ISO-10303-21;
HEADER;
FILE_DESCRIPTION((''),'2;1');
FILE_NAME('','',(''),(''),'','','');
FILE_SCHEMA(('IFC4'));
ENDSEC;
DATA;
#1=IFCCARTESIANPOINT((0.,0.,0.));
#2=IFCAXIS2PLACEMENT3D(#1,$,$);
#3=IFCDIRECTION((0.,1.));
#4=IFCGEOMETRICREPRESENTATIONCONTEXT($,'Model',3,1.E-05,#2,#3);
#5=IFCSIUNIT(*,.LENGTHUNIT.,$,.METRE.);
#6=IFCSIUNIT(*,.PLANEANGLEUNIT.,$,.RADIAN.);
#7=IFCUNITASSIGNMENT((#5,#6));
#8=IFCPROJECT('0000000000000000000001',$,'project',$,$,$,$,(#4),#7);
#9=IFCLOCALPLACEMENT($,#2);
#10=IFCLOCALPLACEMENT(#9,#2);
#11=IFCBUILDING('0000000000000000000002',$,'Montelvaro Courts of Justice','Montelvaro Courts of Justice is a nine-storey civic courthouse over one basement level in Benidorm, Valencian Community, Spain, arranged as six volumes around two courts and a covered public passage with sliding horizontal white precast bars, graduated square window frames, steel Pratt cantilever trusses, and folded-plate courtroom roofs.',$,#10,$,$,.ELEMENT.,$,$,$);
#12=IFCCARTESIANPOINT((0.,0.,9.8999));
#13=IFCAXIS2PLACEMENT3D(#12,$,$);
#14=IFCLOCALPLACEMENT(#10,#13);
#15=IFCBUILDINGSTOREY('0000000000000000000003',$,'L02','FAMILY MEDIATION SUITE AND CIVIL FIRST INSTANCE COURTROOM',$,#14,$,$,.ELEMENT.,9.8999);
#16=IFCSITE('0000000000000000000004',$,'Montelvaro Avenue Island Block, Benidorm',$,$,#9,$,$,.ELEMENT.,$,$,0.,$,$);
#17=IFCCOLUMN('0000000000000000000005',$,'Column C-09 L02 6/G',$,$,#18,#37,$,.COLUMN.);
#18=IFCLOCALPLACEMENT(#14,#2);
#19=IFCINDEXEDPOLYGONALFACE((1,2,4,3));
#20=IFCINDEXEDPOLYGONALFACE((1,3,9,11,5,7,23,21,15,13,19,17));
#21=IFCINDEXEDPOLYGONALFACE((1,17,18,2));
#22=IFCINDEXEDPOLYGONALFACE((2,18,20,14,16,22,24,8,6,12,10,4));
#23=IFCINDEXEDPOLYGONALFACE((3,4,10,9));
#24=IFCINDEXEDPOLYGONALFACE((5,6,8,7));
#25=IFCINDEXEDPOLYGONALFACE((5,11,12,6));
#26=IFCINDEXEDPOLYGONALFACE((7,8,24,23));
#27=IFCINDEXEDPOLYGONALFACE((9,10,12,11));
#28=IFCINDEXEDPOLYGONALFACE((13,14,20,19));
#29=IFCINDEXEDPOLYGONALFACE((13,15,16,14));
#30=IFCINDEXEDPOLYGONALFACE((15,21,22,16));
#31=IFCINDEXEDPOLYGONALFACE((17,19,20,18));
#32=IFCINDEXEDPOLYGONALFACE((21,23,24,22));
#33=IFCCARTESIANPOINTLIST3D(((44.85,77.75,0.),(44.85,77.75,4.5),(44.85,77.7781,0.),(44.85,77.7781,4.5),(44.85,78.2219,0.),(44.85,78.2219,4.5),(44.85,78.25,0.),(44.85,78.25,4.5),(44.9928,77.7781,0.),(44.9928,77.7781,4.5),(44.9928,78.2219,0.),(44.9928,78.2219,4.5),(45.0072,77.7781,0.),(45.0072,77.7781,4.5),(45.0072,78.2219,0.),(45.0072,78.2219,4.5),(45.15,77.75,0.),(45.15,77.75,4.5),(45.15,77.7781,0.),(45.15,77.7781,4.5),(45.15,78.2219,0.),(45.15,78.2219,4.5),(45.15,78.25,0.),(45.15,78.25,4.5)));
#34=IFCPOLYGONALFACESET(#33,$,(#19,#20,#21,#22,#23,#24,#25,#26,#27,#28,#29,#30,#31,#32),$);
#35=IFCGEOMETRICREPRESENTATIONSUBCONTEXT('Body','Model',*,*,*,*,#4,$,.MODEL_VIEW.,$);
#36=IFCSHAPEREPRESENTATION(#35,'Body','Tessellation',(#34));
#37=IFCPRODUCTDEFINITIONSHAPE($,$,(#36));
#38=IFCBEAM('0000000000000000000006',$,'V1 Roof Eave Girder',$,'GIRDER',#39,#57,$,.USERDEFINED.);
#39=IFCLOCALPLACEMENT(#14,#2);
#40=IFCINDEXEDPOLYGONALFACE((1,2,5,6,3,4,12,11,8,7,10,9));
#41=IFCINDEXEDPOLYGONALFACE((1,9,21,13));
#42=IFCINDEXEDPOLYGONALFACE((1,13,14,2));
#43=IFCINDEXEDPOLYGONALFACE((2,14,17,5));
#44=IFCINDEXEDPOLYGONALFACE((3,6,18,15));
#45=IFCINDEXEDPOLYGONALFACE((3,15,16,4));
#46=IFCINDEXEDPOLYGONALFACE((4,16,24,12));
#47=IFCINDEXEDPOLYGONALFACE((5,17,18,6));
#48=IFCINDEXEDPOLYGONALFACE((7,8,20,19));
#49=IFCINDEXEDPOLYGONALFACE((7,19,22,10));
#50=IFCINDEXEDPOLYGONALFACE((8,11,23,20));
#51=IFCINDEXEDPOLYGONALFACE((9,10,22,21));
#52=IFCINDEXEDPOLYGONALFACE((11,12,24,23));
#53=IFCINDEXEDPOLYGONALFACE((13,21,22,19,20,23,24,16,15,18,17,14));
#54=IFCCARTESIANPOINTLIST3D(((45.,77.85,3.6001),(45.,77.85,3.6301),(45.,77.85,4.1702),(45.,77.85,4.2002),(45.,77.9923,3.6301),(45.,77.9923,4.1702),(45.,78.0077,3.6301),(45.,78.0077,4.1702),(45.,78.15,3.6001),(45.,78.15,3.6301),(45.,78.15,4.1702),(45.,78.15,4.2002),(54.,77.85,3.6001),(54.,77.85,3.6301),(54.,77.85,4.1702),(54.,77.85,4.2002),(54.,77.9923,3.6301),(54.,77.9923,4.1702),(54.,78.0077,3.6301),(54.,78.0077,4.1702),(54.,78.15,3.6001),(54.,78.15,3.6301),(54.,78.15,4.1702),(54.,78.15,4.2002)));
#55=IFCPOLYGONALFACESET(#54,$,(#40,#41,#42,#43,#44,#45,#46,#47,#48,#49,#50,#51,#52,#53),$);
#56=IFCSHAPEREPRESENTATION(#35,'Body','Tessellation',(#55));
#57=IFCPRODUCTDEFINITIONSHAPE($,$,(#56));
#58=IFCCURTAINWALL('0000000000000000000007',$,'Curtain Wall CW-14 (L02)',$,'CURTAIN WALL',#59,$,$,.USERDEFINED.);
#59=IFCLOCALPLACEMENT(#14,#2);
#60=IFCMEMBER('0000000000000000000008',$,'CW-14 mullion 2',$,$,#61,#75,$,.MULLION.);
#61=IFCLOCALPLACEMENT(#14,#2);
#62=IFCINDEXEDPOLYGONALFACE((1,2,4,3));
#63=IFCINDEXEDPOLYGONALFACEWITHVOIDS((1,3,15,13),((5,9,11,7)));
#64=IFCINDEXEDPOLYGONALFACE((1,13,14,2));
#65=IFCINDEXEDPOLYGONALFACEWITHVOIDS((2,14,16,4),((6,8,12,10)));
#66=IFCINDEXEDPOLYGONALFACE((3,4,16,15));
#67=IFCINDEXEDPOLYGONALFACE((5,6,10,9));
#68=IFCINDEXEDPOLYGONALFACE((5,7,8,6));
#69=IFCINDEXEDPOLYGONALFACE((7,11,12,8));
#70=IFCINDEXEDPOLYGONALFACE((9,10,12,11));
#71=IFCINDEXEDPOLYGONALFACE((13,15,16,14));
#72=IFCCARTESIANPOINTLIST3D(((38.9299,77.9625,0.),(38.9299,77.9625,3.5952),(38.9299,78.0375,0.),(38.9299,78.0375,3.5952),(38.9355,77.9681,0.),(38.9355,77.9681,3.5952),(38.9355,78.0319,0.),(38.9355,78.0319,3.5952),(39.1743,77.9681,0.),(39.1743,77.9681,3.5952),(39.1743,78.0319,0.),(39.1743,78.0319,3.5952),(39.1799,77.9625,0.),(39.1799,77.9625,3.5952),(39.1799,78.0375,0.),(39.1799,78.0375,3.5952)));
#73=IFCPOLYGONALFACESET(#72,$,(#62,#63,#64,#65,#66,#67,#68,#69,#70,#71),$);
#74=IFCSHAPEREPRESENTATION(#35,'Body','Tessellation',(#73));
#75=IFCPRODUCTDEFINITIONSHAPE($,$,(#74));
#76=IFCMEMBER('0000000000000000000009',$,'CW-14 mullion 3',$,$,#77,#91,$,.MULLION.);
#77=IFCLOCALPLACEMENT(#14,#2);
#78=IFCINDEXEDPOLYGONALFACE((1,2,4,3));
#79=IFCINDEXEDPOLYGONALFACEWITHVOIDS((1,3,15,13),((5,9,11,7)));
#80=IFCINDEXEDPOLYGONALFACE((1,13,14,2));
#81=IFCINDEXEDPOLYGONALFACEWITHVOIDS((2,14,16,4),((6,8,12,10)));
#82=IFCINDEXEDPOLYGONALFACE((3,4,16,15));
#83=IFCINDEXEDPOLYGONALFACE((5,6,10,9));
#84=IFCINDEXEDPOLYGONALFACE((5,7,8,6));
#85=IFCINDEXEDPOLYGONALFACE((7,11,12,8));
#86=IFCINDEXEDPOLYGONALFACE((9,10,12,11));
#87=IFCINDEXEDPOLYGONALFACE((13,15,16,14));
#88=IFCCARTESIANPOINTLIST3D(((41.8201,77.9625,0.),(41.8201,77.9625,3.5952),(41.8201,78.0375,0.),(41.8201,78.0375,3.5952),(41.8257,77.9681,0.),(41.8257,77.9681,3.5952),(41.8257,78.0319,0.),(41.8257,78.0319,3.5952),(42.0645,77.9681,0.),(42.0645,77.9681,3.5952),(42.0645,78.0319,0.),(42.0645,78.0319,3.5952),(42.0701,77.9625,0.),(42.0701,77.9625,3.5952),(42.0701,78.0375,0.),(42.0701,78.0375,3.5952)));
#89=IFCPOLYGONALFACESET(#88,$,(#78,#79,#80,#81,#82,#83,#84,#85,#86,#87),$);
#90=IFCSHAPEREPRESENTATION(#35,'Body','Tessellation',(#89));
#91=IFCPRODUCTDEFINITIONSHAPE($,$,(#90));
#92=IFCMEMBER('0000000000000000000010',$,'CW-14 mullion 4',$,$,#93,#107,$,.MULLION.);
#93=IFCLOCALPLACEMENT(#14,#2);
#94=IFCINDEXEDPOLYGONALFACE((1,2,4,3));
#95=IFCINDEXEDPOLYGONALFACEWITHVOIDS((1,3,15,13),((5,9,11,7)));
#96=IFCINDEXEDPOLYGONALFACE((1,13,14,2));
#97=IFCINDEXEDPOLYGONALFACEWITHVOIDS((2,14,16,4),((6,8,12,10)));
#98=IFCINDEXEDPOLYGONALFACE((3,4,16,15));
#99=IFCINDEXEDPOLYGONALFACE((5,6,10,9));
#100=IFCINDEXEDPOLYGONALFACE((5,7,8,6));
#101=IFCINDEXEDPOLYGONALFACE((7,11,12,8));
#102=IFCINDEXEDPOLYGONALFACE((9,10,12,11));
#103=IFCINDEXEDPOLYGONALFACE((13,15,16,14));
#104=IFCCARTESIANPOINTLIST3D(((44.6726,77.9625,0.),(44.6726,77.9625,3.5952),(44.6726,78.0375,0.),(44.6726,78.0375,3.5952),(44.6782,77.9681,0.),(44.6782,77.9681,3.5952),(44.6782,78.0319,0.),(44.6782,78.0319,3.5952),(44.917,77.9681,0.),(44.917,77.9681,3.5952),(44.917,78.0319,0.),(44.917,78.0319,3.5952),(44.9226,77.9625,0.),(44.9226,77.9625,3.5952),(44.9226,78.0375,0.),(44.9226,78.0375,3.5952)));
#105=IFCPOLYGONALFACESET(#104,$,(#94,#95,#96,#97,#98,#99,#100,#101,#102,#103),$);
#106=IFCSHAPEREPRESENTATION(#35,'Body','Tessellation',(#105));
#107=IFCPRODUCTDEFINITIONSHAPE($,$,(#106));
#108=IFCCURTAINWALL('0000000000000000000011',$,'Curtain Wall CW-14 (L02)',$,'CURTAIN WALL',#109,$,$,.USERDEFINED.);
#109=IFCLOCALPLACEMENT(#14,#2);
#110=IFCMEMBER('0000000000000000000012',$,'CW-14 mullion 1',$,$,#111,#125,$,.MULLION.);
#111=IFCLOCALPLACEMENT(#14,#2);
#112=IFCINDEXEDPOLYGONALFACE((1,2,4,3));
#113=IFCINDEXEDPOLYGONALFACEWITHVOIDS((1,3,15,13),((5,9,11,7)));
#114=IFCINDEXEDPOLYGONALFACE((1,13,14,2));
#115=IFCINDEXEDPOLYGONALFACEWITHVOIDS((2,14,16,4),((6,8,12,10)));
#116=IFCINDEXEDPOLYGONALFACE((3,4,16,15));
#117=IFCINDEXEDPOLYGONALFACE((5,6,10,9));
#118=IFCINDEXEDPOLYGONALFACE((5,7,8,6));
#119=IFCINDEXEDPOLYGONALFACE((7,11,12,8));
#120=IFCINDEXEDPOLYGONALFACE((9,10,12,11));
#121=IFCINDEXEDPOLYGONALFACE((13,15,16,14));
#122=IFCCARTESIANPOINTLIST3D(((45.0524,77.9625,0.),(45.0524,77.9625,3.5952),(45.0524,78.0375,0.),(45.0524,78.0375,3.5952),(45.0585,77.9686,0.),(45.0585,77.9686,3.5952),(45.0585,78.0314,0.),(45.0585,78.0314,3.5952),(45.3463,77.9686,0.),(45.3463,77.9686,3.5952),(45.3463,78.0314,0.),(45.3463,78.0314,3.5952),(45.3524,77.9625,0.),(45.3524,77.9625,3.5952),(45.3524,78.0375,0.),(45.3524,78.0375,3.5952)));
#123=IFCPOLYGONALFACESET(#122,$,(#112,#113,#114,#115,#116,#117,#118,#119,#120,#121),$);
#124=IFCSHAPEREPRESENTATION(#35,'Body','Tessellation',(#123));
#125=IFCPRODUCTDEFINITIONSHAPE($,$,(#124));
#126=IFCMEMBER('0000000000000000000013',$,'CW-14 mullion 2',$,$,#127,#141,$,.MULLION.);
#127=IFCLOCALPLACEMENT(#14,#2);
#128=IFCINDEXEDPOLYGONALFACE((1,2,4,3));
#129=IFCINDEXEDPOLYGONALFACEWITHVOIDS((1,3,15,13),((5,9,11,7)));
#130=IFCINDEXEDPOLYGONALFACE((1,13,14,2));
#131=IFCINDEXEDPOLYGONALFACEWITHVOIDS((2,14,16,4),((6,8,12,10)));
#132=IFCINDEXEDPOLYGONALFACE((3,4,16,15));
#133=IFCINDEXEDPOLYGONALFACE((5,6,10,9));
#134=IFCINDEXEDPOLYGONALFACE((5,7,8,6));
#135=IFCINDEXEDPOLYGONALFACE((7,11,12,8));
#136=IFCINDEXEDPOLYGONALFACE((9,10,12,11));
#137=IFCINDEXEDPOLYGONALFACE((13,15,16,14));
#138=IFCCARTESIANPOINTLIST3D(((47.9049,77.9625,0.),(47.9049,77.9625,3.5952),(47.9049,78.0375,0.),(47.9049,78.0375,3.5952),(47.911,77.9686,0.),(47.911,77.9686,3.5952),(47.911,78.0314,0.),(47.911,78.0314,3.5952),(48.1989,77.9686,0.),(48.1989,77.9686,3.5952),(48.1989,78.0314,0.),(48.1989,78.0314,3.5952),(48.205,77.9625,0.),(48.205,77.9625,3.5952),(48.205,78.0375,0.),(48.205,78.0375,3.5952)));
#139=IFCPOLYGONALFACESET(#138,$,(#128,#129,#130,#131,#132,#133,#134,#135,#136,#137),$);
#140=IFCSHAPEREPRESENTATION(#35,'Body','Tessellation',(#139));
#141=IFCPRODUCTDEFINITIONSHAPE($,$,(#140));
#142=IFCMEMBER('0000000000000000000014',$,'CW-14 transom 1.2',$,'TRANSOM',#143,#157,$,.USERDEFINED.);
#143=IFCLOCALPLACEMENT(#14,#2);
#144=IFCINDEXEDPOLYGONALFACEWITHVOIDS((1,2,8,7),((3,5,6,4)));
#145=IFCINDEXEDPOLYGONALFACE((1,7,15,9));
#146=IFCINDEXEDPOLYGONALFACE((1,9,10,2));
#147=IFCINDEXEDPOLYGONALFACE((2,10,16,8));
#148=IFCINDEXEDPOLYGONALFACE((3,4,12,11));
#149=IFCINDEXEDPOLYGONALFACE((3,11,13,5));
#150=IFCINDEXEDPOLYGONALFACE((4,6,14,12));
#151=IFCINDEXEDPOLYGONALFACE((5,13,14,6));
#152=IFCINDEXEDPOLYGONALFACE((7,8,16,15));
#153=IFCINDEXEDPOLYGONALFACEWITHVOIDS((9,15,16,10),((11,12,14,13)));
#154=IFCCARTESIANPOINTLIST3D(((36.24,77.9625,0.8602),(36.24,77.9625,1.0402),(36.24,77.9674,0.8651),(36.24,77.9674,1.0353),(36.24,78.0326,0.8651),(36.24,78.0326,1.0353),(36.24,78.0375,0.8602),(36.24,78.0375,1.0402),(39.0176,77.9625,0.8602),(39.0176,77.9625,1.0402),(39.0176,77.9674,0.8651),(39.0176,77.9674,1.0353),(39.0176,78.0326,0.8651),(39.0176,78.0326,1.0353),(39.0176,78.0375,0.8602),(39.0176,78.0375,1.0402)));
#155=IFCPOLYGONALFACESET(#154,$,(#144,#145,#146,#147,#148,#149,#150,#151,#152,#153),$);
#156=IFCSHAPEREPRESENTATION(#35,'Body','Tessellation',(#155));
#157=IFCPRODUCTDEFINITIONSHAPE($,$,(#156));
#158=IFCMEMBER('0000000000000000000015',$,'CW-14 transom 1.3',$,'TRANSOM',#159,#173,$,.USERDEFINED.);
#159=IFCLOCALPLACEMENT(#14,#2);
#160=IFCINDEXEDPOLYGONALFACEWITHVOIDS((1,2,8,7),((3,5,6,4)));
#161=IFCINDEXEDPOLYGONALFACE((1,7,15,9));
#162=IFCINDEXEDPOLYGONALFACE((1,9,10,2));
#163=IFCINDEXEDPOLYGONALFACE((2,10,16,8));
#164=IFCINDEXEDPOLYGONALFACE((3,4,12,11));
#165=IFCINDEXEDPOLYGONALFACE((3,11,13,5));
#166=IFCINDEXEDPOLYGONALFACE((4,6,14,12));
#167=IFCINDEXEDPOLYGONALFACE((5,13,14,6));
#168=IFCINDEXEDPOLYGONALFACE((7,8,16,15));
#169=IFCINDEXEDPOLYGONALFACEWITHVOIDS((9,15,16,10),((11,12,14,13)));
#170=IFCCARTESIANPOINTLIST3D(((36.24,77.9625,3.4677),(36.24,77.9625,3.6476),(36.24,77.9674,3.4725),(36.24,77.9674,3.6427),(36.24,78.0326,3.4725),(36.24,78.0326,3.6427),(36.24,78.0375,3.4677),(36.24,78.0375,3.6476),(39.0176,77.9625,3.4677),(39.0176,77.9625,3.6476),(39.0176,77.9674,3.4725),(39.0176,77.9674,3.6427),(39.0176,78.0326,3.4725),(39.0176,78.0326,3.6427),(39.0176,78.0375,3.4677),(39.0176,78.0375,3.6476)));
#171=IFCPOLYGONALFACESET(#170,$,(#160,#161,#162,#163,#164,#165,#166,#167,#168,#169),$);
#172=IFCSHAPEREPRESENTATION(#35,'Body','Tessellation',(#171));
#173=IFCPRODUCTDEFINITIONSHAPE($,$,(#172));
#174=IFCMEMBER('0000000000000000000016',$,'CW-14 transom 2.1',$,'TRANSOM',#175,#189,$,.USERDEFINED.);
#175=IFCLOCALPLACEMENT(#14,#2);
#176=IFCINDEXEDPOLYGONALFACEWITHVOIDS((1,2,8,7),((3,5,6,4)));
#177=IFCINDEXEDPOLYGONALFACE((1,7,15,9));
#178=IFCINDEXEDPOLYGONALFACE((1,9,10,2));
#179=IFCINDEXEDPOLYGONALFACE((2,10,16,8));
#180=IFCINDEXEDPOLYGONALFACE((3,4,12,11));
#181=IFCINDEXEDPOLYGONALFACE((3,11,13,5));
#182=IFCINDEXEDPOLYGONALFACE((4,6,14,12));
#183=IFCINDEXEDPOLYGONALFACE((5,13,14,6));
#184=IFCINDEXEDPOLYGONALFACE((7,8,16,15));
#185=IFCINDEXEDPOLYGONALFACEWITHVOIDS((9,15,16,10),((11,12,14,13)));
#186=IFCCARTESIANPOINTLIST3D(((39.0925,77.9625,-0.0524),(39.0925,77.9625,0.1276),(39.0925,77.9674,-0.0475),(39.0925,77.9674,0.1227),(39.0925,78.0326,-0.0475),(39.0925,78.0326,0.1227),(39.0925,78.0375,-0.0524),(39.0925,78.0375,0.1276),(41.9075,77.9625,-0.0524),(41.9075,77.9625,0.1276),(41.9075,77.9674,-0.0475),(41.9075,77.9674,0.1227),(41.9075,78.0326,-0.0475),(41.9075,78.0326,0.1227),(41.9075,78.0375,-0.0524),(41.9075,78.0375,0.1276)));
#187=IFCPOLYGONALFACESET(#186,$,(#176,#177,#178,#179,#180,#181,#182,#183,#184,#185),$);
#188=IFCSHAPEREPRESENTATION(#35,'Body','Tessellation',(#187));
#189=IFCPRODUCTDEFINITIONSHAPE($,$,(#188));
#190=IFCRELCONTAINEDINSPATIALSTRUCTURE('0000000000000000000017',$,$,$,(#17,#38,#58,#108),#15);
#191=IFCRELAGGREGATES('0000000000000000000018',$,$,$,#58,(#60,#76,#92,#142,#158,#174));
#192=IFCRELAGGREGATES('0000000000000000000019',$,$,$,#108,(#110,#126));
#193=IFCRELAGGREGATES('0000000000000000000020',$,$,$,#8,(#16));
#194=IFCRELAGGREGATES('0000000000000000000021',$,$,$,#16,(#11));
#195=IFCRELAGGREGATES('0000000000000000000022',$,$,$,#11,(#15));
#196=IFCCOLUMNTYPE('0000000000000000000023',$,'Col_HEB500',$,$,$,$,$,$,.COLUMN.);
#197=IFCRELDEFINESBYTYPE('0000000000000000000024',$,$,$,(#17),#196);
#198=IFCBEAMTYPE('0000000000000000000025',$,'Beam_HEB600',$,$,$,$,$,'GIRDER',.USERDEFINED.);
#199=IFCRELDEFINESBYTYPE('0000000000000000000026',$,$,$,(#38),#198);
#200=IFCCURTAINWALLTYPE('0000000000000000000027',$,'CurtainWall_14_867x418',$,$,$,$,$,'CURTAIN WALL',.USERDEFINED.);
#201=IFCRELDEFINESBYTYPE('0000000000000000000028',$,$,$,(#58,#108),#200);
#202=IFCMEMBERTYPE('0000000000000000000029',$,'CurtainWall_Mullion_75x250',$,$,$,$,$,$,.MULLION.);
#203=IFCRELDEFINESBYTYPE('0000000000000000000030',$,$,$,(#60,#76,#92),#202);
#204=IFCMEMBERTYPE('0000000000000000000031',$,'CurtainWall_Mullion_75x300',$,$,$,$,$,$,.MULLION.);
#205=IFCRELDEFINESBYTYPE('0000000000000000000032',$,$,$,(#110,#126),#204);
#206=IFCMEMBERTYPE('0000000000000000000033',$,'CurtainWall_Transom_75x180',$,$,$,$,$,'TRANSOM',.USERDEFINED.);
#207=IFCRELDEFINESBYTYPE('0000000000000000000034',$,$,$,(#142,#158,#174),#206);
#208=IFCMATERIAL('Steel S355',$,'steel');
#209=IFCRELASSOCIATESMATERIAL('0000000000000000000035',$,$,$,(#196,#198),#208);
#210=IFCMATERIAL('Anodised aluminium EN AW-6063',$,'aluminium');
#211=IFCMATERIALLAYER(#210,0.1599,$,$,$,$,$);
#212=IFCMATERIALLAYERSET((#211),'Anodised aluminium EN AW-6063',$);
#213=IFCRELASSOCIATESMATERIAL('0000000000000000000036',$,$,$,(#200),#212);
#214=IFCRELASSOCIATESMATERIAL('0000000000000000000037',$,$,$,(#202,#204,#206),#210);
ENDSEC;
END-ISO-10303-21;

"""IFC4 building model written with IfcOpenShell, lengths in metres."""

from ifc_helpers import new_model, si_unit, direction, frame, origin, origin_2d, place, context, subcontext, project, spatial, hollow_rectangle, i_section, extrude, material, layer, layer_set, material_profile, profile_set, type_object, element, aggregate, save


model = new_model("IFC4")

# Units and contexts
model_context = context("Model", 3, precision=1e-05, world=origin(), true_north=direction((0.0, 1.0)))
body_context = subcontext(model_context, "Body", "Model", "MODEL_VIEW")
ifc_project = project(units=[si_unit("LENGTHUNIT", "METRE"), si_unit("PLANEANGLEUNIT", "RADIAN")], contexts=[model_context])

# Site, building, storey
site_placement = place(None, origin())
site = spatial("IfcSite", under=ifc_project, at=site_placement, Name="Montelvaro Avenue Island Block, Benidorm", CompositionType="ELEMENT", RefElevation=0.0)
building_placement = place(site_placement, origin())
building = spatial("IfcBuilding", under=site, at=building_placement, Name="Montelvaro Courts of Justice", Description="Montelvaro Courts of Justice is a nine-storey civic courthouse over one basement level in Benidorm, Valencian Community, Spain, arranged as six volumes around two courts and a covered public passage with sliding horizontal white precast bars, graduated square window frames, steel Pratt cantilever trusses, and folded-plate courtroom roofs.", CompositionType="ELEMENT")
storey_placement = place(building_placement, frame((0.0, 0.0, 9.8999)))
storey = spatial("IfcBuildingStorey", under=building, at=storey_placement, Name="L02", Description="FAMILY MEDIATION SUITE AND CIVIL FIRST INSTANCE COURTROOM", CompositionType="ELEMENT", Elevation=9.8999)

# Column
ifc_material_1 = material(Name="Steel S355", Category="steel")
ifc_material_profile_1 = material_profile(ifc_material_1, i_section(OverallWidth=0.3, OverallDepth=0.5, WebThickness=0.0144, FlangeThickness=0.0281, at=origin_2d()), Name="HEB 500")
ifc_profile_set_1 = profile_set([ifc_material_profile_1], Name="Steel S355")
column_type = type_object("IfcColumnType", Name="Col_HEB500", PredefinedType="COLUMN", material=ifc_profile_set_1)
column_placement = place(storey_placement, frame((45.0, 78.0, 0.0), z_axis=(0.0, 0.0, 1.0), x_axis=(1.0, 0.0, 0.0)))
element("IfcColumn", 1, at=column_placement, inside=storey, type_object=column_type, Name="Column C-09 L02 6/G", PredefinedType="COLUMN", context=body_context, shape_type="SweptSolid", body=[
    extrude(i_section(OverallWidth=0.3, OverallDepth=0.5, WebThickness=0.0144, FlangeThickness=0.0281, at=origin_2d()), origin(), (0.0, 0.0, 1.0), 4.5),
])

# Beam
ifc_material_profile_2 = material_profile(ifc_material_1, i_section(OverallWidth=0.3, OverallDepth=0.6001, WebThickness=0.0154, FlangeThickness=0.03, at=origin_2d()), Name="HEB 600")
ifc_profile_set_2 = profile_set([ifc_material_profile_2], Name="Steel S355")
beam_type = type_object("IfcBeamType", Name="Beam_HEB600", ElementType="GIRDER", PredefinedType="USERDEFINED", material=ifc_profile_set_2)
beam_placement = place(storey_placement, frame((45.0, 78.0, 3.9001), z_axis=(1.0, 0.0, 0.0), x_axis=(0.0, 1.0, 0.0)))
element("IfcBeam", 2, at=beam_placement, inside=storey, type_object=beam_type, Name="V1 Roof Eave Girder", ObjectType="GIRDER", PredefinedType="USERDEFINED", context=body_context, shape_type="SweptSolid", body=[
    extrude(i_section(OverallWidth=0.3, OverallDepth=0.6001, WebThickness=0.0154, FlangeThickness=0.03, at=origin_2d()), origin(), (0.0, 0.0, 1.0), 9.0),
])

# Curtain walls, members
ifc_material_2 = material(Name="Anodised aluminium EN AW-6063", Category="aluminium")
ifc_layer_1 = layer(ifc_material_2, 0.1599)
ifc_layer_set_1 = layer_set([ifc_layer_1], Name="Anodised aluminium EN AW-6063")
curtain_wall_type = type_object("IfcCurtainWallType", Name="CurtainWall_14_867x418", ElementType="CURTAIN WALL", PredefinedType="USERDEFINED", material=ifc_layer_set_1)
curtain_wall_1_placement = place(storey_placement, origin())
curtain_wall_1 = element("IfcCurtainWall", 3, at=curtain_wall_1_placement, inside=storey, type_object=curtain_wall_type, Name="Curtain Wall CW-14 (L02)", ObjectType="CURTAIN WALL", PredefinedType="USERDEFINED")
ifc_material_profile_3 = material_profile(ifc_material_2, hollow_rectangle(XDim=0.075, YDim=0.25, WallThickness=0.0056, at=origin_2d()), Name="ALU-M 75x250")
ifc_profile_set_3 = profile_set([ifc_material_profile_3], Name="Anodised aluminium EN AW-6063")
member_type_1 = type_object("IfcMemberType", Name="CurtainWall_Mullion_75x250", PredefinedType="MULLION", material=ifc_profile_set_3)
member_1_placement = place(storey_placement, frame((39.0549, 78.0, 0.0), z_axis=(0.0, 0.0, 1.0), x_axis=(0.0, 1.0, 0.0)))
member_1 = element("IfcMember", 4, at=member_1_placement, type_object=member_type_1, Name="CW-14 mullion 2", PredefinedType="MULLION", context=body_context, shape_type="SweptSolid", body=[
    extrude(hollow_rectangle(XDim=0.075, YDim=0.25, WallThickness=0.0056, at=origin_2d()), origin(), (0.0, 0.0, 1.0), 3.5952),
])
member_2_placement = place(storey_placement, frame((41.9451, 78.0, 0.0), z_axis=(0.0, 0.0, 1.0), x_axis=(0.0, 1.0, 0.0)))
member_2 = element("IfcMember", 5, at=member_2_placement, type_object=member_type_1, Name="CW-14 mullion 3", PredefinedType="MULLION", context=body_context, shape_type="SweptSolid", body=[
    extrude(hollow_rectangle(XDim=0.075, YDim=0.25, WallThickness=0.0056, at=origin_2d()), origin(), (0.0, 0.0, 1.0), 3.5952),
])
member_3_placement = place(storey_placement, frame((44.7976, 78.0, 0.0), z_axis=(0.0, 0.0, 1.0), x_axis=(0.0, 1.0, 0.0)))
member_3 = element("IfcMember", 6, at=member_3_placement, type_object=member_type_1, Name="CW-14 mullion 4", PredefinedType="MULLION", context=body_context, shape_type="SweptSolid", body=[
    extrude(hollow_rectangle(XDim=0.075, YDim=0.25, WallThickness=0.0056, at=origin_2d()), origin(), (0.0, 0.0, 1.0), 3.5952),
])
curtain_wall_2_placement = place(storey_placement, origin())
curtain_wall_2 = element("IfcCurtainWall", 7, at=curtain_wall_2_placement, inside=storey, type_object=curtain_wall_type, Name="Curtain Wall CW-14 (L02)", ObjectType="CURTAIN WALL", PredefinedType="USERDEFINED")
ifc_material_profile_4 = material_profile(ifc_material_2, hollow_rectangle(XDim=0.075, YDim=0.3, WallThickness=0.0061, at=origin_2d()), Name="ALU-M 75x300")
ifc_profile_set_4 = profile_set([ifc_material_profile_4], Name="Anodised aluminium EN AW-6063")
member_type_2 = type_object("IfcMemberType", Name="CurtainWall_Mullion_75x300", PredefinedType="MULLION", material=ifc_profile_set_4)
member_4_placement = place(storey_placement, frame((45.2024, 78.0, 0.0), z_axis=(0.0, 0.0, 1.0), x_axis=(0.0, 1.0, 0.0)))
member_4 = element("IfcMember", 8, at=member_4_placement, type_object=member_type_2, Name="CW-14 mullion 1", PredefinedType="MULLION", context=body_context, shape_type="SweptSolid", body=[
    extrude(hollow_rectangle(XDim=0.075, YDim=0.3, WallThickness=0.0061, at=origin_2d()), origin(), (0.0, 0.0, 1.0), 3.5952),
])
member_5_placement = place(storey_placement, frame((48.0549, 78.0, 0.0), z_axis=(0.0, 0.0, 1.0), x_axis=(0.0, 1.0, 0.0)))
member_5 = element("IfcMember", 9, at=member_5_placement, type_object=member_type_2, Name="CW-14 mullion 2", PredefinedType="MULLION", context=body_context, shape_type="SweptSolid", body=[
    extrude(hollow_rectangle(XDim=0.075, YDim=0.3, WallThickness=0.0061, at=origin_2d()), origin(), (0.0, 0.0, 1.0), 3.5952),
])

# Members
ifc_material_profile_5 = material_profile(ifc_material_2, hollow_rectangle(XDim=0.075, YDim=0.1799, WallThickness=0.0049, at=origin_2d()), Name="ALU-T 75x180")
ifc_profile_set_5 = profile_set([ifc_material_profile_5], Name="Anodised aluminium EN AW-6063")
member_type_3 = type_object("IfcMemberType", Name="CurtainWall_Transom_75x180", ElementType="TRANSOM", PredefinedType="USERDEFINED", material=ifc_profile_set_5)
member_6_placement = place(storey_placement, frame((36.24, 78.0, 0.9502), z_axis=(1.0, 0.0, 0.0), x_axis=(0.0, 1.0, 0.0)))
member_6 = element("IfcMember", 10, at=member_6_placement, type_object=member_type_3, Name="CW-14 transom 1.2", ObjectType="TRANSOM", PredefinedType="USERDEFINED", context=body_context, shape_type="SweptSolid", body=[
    extrude(hollow_rectangle(XDim=0.075, YDim=0.1799, WallThickness=0.0049, at=origin_2d()), origin(), (0.0, 0.0, 1.0), 2.7776),
])
member_7_placement = place(storey_placement, frame((36.24, 78.0, 3.5576), z_axis=(1.0, 0.0, 0.0), x_axis=(0.0, 1.0, 0.0)))
member_7 = element("IfcMember", 11, at=member_7_placement, type_object=member_type_3, Name="CW-14 transom 1.3", ObjectType="TRANSOM", PredefinedType="USERDEFINED", context=body_context, shape_type="SweptSolid", body=[
    extrude(hollow_rectangle(XDim=0.075, YDim=0.1799, WallThickness=0.0049, at=origin_2d()), origin(), (0.0, 0.0, 1.0), 2.7776),
])
member_8_placement = place(storey_placement, frame((39.0925, 78.0, 0.0376), z_axis=(1.0, 0.0, 0.0), x_axis=(0.0, 1.0, 0.0)))
member_8 = element("IfcMember", 12, at=member_8_placement, type_object=member_type_3, Name="CW-14 transom 2.1", ObjectType="TRANSOM", PredefinedType="USERDEFINED", context=body_context, shape_type="SweptSolid", body=[
    extrude(hollow_rectangle(XDim=0.075, YDim=0.1799, WallThickness=0.0049, at=origin_2d()), origin(), (0.0, 0.0, 1.0), 2.8149),
])

aggregate(curtain_wall_1, [member_1, member_2, member_3, member_6, member_7, member_8])
aggregate(curtain_wall_2, [member_4, member_5])

save(model, "model.ifc")
